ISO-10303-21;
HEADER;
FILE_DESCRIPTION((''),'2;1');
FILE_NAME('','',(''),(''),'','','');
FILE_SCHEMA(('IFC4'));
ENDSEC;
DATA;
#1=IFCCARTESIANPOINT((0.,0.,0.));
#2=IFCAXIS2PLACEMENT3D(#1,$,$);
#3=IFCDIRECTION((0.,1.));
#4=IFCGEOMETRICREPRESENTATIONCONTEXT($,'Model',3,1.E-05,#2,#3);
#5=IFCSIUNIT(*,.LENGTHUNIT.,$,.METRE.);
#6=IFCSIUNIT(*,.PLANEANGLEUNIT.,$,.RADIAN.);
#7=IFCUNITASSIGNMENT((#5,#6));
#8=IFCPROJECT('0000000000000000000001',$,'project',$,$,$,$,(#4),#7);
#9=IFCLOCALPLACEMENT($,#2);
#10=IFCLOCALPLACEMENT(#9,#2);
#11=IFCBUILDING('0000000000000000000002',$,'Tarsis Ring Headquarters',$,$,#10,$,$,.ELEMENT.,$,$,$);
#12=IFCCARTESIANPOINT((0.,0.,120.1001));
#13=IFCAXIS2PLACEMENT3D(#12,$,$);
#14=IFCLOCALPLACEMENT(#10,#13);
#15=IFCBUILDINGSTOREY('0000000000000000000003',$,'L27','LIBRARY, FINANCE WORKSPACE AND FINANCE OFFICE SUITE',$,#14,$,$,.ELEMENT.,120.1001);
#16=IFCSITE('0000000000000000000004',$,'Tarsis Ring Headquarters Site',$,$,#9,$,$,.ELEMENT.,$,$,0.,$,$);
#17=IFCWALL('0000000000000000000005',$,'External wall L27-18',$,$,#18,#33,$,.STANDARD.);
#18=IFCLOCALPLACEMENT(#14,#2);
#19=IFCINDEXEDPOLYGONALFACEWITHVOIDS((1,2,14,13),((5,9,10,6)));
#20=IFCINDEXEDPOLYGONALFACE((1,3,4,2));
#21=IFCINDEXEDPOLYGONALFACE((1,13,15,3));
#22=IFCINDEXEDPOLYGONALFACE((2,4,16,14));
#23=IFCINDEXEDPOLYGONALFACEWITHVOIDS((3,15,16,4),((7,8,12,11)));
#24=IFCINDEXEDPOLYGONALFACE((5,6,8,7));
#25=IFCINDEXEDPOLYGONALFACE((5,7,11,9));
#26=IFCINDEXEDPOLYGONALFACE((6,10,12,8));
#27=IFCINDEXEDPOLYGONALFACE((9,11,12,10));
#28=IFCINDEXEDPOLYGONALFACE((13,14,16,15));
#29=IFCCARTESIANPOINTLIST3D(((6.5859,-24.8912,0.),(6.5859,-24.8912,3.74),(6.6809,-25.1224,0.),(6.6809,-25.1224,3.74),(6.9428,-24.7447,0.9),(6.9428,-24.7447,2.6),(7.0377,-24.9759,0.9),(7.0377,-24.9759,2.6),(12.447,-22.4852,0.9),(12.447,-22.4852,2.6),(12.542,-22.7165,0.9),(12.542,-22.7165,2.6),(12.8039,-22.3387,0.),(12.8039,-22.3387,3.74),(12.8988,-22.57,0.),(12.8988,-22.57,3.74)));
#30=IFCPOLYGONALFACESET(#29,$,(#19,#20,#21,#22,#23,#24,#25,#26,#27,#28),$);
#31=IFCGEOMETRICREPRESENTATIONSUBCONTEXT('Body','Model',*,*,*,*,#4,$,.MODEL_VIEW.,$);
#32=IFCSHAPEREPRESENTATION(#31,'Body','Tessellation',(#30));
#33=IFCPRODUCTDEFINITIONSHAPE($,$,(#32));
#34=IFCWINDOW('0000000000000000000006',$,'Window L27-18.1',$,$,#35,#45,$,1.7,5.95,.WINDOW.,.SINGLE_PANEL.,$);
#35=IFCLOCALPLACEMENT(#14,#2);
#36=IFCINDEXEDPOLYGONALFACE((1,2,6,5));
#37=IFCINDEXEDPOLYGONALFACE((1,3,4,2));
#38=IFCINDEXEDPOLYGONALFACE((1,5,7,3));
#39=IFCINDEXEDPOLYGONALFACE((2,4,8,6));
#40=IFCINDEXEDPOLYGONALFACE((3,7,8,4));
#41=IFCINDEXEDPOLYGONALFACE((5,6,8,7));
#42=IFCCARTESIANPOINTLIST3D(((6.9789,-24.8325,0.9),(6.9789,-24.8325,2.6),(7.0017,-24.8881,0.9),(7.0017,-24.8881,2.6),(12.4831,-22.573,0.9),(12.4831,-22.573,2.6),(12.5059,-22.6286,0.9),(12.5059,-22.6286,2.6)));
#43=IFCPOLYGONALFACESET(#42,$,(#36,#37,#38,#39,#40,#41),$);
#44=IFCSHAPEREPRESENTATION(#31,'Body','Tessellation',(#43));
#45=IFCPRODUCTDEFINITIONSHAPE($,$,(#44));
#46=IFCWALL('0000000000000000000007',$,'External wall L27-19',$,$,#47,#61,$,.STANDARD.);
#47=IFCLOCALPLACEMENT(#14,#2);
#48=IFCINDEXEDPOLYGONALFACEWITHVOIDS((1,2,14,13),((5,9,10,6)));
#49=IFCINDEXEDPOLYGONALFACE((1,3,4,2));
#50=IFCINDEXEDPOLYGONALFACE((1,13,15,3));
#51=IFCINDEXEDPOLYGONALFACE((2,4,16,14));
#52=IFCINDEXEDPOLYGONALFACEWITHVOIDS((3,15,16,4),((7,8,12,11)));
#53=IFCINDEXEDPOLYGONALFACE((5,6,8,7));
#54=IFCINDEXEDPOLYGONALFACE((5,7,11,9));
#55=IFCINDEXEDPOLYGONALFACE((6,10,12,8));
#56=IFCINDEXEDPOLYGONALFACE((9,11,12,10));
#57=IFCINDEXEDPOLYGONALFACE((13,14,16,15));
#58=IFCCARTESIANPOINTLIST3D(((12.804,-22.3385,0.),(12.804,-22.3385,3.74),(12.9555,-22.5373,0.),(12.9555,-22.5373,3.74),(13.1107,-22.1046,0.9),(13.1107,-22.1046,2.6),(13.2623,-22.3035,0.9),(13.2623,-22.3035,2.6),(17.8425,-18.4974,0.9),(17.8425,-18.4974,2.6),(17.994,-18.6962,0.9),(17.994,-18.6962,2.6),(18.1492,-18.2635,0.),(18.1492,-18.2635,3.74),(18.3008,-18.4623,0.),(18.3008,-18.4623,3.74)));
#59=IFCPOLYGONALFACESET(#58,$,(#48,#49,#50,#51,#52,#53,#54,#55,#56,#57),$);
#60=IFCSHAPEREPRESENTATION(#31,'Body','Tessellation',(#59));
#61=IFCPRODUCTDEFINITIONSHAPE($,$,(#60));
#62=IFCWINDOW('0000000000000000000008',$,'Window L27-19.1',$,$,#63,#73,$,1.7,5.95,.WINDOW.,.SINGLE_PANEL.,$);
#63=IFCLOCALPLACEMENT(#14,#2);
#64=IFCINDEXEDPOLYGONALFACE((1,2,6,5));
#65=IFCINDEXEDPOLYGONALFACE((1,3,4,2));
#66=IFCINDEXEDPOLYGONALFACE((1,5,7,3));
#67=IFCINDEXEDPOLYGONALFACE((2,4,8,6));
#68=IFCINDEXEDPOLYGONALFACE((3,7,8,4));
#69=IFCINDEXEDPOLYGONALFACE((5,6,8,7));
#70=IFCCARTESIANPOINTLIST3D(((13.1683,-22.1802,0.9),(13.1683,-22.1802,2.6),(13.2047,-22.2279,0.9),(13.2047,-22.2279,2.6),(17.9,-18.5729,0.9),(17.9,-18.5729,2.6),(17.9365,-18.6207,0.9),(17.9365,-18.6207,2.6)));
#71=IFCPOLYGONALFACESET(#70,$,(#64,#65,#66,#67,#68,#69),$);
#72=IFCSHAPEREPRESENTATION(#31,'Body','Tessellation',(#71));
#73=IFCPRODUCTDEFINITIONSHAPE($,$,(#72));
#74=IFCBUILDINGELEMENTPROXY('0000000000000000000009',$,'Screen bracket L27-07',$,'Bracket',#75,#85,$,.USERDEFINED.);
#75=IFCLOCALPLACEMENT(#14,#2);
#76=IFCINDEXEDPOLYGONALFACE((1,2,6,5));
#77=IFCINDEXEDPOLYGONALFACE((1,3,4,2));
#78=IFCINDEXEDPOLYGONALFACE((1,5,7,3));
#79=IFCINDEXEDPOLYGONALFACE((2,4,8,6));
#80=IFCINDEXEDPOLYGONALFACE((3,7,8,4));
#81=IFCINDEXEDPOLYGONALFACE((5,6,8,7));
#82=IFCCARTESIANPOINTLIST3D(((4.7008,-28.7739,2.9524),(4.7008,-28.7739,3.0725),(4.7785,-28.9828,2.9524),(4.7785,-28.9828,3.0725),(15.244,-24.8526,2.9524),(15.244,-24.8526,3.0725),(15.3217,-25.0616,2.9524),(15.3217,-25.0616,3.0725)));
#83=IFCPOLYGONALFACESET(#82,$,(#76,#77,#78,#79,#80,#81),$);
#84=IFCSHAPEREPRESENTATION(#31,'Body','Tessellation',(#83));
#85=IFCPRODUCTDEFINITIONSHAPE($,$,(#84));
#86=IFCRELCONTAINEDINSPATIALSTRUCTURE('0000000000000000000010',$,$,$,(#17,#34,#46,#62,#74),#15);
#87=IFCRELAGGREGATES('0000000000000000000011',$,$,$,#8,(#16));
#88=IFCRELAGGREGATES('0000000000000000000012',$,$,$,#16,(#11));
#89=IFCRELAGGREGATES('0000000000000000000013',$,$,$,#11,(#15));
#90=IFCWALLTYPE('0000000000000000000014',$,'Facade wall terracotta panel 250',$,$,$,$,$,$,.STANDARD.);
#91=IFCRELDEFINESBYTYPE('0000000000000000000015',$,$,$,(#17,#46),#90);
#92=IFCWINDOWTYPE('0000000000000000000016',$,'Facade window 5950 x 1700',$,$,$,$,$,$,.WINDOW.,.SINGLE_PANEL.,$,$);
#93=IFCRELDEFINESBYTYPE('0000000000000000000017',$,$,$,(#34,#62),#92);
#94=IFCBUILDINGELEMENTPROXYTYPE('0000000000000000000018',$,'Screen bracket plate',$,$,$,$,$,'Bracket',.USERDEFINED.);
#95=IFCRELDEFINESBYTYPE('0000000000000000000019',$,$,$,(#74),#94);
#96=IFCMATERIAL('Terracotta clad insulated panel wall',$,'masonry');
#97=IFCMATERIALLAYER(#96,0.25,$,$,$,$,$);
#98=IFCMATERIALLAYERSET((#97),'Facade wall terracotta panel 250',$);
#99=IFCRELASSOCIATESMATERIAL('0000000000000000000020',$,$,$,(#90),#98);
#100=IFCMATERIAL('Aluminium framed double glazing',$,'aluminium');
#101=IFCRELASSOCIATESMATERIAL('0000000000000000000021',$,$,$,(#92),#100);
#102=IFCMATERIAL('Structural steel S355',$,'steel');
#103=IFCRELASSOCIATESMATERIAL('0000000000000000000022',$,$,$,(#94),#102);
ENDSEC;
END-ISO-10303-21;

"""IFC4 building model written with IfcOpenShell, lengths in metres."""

from ifc_helpers import new_model, si_unit, direction, frame, frame_2d, origin, origin_2d, place, context, subcontext, project, spatial, rectangle, extrude, material, layer, layer_set, type_object, element, fill, save


model = new_model("IFC4")

# Units and contexts
model_context = context("Model", 3, precision=1e-05, world=origin(), true_north=direction((0.0, 1.0)))
body_context = subcontext(model_context, "Body", "Model", "MODEL_VIEW")
ifc_project = project(units=[si_unit("LENGTHUNIT", "METRE"), si_unit("PLANEANGLEUNIT", "RADIAN")], contexts=[model_context])

# Site, building, storey
site_placement = place(None, origin())
site = spatial("IfcSite", under=ifc_project, at=site_placement, Name="Tarsis Ring Headquarters Site", CompositionType="ELEMENT", RefElevation=0.0)
building_placement = place(site_placement, origin())
building = spatial("IfcBuilding", under=site, at=building_placement, Name="Tarsis Ring Headquarters", CompositionType="ELEMENT")
storey_placement = place(building_placement, frame((0.0, 0.0, 120.1001)))
storey = spatial("IfcBuildingStorey", under=building, at=storey_placement, Name="L27", Description="LIBRARY, FINANCE WORKSPACE AND FINANCE OFFICE SUITE", CompositionType="ELEMENT", Elevation=120.1001)

# Walls, openings, windows
ifc_material_1 = material(Name="Terracotta clad insulated panel wall", Category="masonry")
ifc_layer_1 = layer(ifc_material_1, 0.25)
ifc_layer_set_1 = layer_set([ifc_layer_1], Name="Facade wall terracotta panel 250")
wall_type_1 = type_object("IfcWallType", Name="Facade wall terracotta panel 250", PredefinedType="STANDARD", material=ifc_layer_set_1)
ifc_material_2 = material(Name="Aluminium framed double glazing", Category="aluminium")
wall_1_placement = place(storey_placement, frame((6.6333, -25.0068, 0.0), z_axis=(0.0, 0.0, 1.0), x_axis=(0.92509, 0.379748, 0.0)))
wall_1 = element("IfcWall", 1, at=wall_1_placement, inside=storey, type_object=wall_type_1, Name="External wall L27-18", PredefinedType="STANDARD", context=body_context, shape_type="SweptSolid", body=[
    extrude(rectangle(XDim=6.7214, YDim=0.25, at=frame_2d((3.3608, 0.0))), origin(), (0.0, 0.0, 1.0), 3.74),
])
opening_1_placement = place(wall_1_placement, frame((0.3857, 0.0, 0.8999)))
opening_1 = element("IfcOpeningElement", 2, at=opening_1_placement, cuts=wall_1, PredefinedType="OPENING", context=body_context, shape_type="SweptSolid", body=[
    extrude(rectangle(XDim=5.95, YDim=1.7, at=frame_2d((2.9751, 0.8501))), frame((0.0, 0.135, 0.0), z_axis=(0.0, -1.0, 0.0), x_axis=(1.0, 0.0, 0.0)), (0.0, 0.0, 1.0), 0.27),
])
window_type_1 = type_object("IfcWindowType", Name="Facade window 5950 x 1700", PartitioningType="SINGLE_PANEL", PredefinedType="WINDOW", material=ifc_material_2)
window_1_placement = place(opening_1_placement, origin())
window_1 = element("IfcWindow", 3, at=window_1_placement, inside=storey, type_object=window_type_1, Name="Window L27-18.1", OverallHeight=1.7, OverallWidth=5.95, PartitioningType="SINGLE_PANEL", PredefinedType="WINDOW", context=body_context, shape_type="SweptSolid", body=[
    extrude(rectangle(XDim=5.95, YDim=1.7, at=frame_2d((2.9751, 0.8501))), frame((0.0, 0.03, 0.0), z_axis=(0.0, -1.0, 0.0), x_axis=(1.0, 0.0, 0.0)), (0.0, 0.0, 1.0), 0.0601),
])
fill(opening_1, window_1)
wall_2_placement = place(storey_placement, frame((12.8796, -22.438, 0.0), z_axis=(0.0, 0.0, 1.0), x_axis=(0.795259, 0.60627, 0.0)))
wall_2 = element("IfcWall", 4, at=wall_2_placement, inside=storey, type_object=wall_type_1, Name="External wall L27-19", PredefinedType="STANDARD", context=body_context, shape_type="SweptSolid", body=[
    extrude(rectangle(XDim=6.7214, YDim=0.25, at=frame_2d((3.3608, 0.0))), origin(), (0.0, 0.0, 1.0), 3.74),
])
opening_2_placement = place(wall_2_placement, frame((0.3857, 0.0, 0.8999)))
opening_2 = element("IfcOpeningElement", 5, at=opening_2_placement, cuts=wall_2, PredefinedType="OPENING", context=body_context, shape_type="SweptSolid", body=[
    extrude(rectangle(XDim=5.95, YDim=1.7, at=frame_2d((2.9751, 0.8501))), frame((0.0, 0.135, 0.0), z_axis=(0.0, -1.0, 0.0), x_axis=(1.0, 0.0, 0.0)), (0.0, 0.0, 1.0), 0.27),
])
window_2_placement = place(opening_2_placement, origin())
window_2 = element("IfcWindow", 6, at=window_2_placement, inside=storey, type_object=window_type_1, Name="Window L27-19.1", OverallHeight=1.7, OverallWidth=5.95, PartitioningType="SINGLE_PANEL", PredefinedType="WINDOW", context=body_context, shape_type="SweptSolid", body=[
    extrude(rectangle(XDim=5.95, YDim=1.7, at=frame_2d((2.9751, 0.8501))), frame((0.0, 0.03, 0.0), z_axis=(0.0, -1.0, 0.0), x_axis=(1.0, 0.0, 0.0)), (0.0, 0.0, 1.0), 0.0601),
])
fill(opening_2, window_2)

# Building element proxy
ifc_material_3 = material(Name="Structural steel S355", Category="steel")
building_element_proxy_type = type_object("IfcBuildingElementProxyType", Name="Screen bracket plate", ElementType="Bracket", PredefinedType="USERDEFINED", material=ifc_material_3)
proxy_placement = place(storey_placement, frame((10.0112, -26.9177, 2.9524), z_axis=(0.0, 0.0, 1.0), x_axis=(0.937274, 0.348593, 0.0)))
element("IfcBuildingElementProxy", 7, at=proxy_placement, inside=storey, type_object=building_element_proxy_type, Name="Screen bracket L27-07", ObjectType="Bracket", PredefinedType="USERDEFINED", context=body_context, shape_type="SweptSolid", body=[
    extrude(rectangle(XDim=11.2488, YDim=0.2229, at=origin_2d()), origin(), (0.0, 0.0, 1.0), 0.1201),
])

save(model, "model.ifc")
